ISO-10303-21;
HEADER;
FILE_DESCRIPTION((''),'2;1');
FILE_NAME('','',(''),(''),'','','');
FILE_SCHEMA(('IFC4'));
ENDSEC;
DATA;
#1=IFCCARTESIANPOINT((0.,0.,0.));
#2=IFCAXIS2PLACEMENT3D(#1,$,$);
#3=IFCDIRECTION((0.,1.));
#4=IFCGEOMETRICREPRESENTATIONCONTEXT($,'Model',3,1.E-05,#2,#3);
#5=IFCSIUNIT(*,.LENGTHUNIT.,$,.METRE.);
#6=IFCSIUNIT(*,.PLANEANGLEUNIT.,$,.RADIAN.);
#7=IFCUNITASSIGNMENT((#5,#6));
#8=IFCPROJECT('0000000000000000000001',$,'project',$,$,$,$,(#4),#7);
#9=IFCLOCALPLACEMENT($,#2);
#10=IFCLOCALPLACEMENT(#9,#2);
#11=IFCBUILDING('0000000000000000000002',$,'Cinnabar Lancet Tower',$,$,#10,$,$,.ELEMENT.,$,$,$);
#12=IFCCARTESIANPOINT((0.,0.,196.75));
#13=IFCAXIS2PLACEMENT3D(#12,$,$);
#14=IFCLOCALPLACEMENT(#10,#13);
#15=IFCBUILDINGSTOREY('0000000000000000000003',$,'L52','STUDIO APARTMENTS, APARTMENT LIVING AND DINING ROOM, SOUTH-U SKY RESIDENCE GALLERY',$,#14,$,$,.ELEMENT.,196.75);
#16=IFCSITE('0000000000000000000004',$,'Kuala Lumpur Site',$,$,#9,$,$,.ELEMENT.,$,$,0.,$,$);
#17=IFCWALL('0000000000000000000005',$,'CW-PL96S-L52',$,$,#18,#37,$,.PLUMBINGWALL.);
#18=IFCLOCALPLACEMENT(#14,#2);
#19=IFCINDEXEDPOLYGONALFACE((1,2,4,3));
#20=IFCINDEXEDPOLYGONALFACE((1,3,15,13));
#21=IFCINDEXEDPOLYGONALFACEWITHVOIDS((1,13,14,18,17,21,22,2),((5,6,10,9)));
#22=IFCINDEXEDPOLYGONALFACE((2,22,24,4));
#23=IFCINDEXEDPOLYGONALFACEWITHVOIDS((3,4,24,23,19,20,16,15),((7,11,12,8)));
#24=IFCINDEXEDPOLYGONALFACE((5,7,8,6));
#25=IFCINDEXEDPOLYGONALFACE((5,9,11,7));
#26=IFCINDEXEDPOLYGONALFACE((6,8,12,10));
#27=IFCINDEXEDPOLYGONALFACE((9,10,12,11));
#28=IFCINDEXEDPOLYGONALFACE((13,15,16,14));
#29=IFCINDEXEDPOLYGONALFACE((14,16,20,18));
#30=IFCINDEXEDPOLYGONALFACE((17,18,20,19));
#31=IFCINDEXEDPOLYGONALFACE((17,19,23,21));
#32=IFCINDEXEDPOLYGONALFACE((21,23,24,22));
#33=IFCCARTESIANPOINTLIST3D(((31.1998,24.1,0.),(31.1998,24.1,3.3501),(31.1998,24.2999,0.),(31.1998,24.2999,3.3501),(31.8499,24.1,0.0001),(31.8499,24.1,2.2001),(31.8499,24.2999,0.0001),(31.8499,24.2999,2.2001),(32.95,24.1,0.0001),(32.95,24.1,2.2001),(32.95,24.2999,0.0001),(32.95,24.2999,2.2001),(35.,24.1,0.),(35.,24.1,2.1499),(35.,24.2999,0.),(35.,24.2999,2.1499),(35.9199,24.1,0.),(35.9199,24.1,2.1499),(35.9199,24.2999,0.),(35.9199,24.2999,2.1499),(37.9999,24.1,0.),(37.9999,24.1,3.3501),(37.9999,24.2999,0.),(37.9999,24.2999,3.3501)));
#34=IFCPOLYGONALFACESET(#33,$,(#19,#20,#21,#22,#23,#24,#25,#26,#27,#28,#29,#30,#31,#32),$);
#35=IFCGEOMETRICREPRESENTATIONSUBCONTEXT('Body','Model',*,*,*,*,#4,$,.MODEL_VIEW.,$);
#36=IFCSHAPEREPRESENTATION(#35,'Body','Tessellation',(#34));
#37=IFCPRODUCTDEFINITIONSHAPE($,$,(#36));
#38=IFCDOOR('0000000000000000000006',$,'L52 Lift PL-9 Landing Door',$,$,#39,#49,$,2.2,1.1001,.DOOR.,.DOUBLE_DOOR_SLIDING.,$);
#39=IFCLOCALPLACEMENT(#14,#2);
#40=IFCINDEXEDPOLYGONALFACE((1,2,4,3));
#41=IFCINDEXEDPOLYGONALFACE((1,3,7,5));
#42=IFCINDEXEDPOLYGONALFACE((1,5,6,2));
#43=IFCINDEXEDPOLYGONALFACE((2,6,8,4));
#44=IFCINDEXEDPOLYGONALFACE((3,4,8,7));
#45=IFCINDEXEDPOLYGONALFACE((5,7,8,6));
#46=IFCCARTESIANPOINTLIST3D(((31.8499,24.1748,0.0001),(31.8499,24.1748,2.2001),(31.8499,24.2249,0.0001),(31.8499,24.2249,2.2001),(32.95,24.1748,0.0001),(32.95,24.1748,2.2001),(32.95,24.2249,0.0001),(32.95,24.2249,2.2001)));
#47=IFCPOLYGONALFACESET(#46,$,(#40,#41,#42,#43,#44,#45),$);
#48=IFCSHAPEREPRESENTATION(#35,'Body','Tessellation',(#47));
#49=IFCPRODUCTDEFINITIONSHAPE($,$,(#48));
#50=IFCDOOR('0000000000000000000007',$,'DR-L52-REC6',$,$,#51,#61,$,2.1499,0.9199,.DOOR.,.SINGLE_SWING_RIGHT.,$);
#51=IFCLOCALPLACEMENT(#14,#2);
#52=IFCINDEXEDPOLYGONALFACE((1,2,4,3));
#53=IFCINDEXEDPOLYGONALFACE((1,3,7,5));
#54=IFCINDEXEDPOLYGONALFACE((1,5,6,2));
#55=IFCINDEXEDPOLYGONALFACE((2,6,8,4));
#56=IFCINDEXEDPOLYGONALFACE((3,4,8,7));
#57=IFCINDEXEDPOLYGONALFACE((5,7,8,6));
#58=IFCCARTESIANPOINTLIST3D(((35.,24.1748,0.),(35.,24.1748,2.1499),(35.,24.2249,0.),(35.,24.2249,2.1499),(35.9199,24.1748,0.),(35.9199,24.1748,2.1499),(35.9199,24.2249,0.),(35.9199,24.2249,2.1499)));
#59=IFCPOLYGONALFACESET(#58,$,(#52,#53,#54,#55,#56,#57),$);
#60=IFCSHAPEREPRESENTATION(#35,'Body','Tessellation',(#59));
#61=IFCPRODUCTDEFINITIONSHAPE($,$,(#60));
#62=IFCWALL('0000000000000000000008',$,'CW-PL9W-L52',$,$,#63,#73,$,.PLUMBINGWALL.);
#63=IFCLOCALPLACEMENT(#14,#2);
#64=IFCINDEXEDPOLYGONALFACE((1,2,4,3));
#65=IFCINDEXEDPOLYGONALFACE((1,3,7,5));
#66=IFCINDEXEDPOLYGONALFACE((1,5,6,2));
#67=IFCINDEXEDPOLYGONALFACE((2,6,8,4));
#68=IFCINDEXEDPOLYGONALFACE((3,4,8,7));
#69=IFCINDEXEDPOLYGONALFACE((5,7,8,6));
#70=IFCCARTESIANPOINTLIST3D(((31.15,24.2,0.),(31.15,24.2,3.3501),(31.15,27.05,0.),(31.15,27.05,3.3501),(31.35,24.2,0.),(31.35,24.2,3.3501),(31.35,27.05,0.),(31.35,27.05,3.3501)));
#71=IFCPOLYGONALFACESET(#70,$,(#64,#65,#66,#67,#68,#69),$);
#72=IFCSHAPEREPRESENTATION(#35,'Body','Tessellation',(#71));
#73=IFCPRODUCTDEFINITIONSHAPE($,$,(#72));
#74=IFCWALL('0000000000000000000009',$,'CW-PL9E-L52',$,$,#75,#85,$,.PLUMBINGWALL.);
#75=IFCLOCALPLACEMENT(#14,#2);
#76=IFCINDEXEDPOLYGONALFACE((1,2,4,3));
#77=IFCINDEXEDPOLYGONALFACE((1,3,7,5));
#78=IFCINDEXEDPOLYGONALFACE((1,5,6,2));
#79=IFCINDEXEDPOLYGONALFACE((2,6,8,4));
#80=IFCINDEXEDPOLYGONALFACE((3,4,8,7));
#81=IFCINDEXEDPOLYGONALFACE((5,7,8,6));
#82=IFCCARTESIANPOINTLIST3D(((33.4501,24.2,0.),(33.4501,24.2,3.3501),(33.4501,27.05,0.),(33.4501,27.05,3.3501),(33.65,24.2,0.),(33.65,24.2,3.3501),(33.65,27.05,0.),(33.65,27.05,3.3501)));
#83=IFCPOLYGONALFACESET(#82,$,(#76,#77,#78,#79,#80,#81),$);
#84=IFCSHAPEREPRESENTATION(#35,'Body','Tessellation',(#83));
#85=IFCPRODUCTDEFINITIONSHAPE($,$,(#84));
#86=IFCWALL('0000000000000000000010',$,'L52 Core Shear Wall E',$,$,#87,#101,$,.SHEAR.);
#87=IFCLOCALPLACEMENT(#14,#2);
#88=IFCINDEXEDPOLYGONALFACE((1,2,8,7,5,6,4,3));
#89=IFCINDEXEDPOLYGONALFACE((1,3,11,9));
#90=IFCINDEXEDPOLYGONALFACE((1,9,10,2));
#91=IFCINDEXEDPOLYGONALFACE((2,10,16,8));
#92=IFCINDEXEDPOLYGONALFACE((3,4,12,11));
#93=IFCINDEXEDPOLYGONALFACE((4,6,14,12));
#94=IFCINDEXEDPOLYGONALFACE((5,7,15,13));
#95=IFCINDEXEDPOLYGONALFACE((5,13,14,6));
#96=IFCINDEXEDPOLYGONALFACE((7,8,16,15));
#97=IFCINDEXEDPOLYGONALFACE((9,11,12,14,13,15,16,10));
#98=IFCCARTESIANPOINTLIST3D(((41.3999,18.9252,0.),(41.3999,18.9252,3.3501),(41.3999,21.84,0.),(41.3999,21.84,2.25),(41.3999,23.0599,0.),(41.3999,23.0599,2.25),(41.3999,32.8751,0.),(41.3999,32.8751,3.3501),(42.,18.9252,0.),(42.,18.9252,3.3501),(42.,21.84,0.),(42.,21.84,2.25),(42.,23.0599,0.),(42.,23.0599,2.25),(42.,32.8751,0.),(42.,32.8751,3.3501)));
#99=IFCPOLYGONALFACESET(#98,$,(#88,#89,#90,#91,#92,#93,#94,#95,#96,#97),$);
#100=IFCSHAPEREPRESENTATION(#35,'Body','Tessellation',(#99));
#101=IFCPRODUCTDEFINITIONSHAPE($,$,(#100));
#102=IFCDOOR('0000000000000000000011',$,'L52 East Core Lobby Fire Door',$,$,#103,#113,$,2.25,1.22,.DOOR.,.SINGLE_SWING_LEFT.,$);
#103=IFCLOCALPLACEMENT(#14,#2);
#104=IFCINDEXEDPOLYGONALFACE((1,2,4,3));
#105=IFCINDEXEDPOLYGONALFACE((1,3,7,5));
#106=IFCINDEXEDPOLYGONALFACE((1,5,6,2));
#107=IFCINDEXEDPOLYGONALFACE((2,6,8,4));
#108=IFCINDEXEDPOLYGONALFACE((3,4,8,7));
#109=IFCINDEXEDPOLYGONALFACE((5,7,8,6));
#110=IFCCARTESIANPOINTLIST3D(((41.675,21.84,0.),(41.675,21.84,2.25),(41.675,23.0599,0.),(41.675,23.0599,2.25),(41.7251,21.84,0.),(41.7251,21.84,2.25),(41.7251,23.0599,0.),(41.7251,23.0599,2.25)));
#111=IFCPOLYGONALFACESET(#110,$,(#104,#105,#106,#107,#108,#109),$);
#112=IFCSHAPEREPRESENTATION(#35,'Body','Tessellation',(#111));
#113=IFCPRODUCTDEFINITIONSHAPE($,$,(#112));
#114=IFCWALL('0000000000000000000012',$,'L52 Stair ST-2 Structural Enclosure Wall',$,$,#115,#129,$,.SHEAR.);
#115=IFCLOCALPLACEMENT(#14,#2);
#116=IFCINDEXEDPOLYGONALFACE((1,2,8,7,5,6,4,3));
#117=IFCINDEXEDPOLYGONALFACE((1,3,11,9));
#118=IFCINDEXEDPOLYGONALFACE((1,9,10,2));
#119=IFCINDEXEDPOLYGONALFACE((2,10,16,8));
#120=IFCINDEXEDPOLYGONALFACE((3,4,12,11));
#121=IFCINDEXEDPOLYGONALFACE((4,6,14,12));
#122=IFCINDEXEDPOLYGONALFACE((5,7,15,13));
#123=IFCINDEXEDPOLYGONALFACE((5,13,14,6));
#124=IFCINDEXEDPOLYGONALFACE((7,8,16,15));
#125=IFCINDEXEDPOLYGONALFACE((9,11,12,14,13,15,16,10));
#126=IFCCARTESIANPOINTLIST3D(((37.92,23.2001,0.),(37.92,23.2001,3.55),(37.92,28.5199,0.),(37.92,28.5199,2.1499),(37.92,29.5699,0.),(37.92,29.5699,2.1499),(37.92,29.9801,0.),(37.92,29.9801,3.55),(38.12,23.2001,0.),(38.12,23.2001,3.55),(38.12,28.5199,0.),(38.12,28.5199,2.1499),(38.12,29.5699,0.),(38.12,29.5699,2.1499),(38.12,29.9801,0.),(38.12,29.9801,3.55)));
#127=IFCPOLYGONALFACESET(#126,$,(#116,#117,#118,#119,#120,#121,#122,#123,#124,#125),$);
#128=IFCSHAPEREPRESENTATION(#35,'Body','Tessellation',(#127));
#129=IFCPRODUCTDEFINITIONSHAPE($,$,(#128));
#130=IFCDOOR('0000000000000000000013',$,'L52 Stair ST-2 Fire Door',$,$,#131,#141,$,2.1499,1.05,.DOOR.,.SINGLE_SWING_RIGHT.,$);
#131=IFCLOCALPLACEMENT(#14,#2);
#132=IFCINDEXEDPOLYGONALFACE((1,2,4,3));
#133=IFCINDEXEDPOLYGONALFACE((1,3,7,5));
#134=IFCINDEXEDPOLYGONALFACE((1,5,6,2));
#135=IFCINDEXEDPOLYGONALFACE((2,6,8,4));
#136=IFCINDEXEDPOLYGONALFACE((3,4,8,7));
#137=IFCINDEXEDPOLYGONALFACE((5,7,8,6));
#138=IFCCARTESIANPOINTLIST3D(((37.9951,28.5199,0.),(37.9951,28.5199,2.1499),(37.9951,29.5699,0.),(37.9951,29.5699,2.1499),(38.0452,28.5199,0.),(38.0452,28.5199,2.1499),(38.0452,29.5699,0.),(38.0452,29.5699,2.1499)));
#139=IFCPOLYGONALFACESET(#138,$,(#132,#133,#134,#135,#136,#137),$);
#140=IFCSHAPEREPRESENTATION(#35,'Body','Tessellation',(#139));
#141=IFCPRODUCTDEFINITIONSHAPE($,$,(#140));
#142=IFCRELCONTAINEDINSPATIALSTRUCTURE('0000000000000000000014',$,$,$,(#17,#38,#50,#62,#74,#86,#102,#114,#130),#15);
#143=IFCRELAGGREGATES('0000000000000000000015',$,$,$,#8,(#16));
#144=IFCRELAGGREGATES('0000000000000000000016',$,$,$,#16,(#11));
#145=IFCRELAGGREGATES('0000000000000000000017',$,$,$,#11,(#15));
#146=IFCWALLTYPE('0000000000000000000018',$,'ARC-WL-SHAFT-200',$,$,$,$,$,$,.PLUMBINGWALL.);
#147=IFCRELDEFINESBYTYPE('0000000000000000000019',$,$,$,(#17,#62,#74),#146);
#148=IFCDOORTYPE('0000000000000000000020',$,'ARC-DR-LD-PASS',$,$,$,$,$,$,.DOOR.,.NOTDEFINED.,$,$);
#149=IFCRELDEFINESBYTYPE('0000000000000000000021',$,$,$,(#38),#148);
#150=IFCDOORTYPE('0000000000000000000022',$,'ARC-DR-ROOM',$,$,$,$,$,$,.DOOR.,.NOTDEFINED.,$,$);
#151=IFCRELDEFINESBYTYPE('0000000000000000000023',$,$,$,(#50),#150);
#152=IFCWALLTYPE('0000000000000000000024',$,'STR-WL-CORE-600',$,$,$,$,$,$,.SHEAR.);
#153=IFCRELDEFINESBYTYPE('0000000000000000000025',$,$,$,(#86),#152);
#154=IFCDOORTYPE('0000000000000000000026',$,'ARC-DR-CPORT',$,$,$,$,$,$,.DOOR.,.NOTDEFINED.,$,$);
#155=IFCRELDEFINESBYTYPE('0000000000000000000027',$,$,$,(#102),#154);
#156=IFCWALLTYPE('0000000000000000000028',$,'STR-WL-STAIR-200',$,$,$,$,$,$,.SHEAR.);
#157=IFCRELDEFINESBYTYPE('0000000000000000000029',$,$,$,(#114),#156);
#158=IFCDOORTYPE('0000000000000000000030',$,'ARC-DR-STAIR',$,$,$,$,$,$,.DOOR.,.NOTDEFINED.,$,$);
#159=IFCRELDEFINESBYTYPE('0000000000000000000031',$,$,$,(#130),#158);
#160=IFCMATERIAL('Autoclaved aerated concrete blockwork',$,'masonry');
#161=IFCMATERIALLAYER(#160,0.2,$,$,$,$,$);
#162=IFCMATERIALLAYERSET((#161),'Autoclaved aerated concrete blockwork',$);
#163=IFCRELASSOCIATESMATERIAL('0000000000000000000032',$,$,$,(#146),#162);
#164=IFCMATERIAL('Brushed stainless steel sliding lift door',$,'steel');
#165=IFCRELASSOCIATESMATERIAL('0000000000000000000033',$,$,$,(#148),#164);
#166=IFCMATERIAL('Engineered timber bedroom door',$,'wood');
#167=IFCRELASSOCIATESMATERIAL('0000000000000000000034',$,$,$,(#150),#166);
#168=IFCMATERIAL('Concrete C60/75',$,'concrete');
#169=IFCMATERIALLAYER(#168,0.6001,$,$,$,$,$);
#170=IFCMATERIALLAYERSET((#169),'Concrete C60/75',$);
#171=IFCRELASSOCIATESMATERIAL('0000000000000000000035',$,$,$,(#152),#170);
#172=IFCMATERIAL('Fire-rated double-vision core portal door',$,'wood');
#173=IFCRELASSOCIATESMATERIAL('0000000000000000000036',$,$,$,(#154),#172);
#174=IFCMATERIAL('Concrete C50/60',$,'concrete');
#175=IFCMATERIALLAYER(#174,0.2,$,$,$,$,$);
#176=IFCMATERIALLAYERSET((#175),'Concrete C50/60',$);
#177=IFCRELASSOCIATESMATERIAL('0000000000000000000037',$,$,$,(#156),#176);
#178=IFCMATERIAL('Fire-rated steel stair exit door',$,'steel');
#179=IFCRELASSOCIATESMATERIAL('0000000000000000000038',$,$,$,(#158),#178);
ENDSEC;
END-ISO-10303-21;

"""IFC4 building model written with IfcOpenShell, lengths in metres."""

from ifc_helpers import new_model, si_unit, direction, frame, frame_2d, origin, place, context, subcontext, project, spatial, rectangle, extrude, material, layer, layer_set, type_object, element, fill, save


model = new_model("IFC4")

# Units and contexts
model_context = context("Model", 3, precision=1e-05, world=origin(), true_north=direction((0.0, 1.0)))
body_context = subcontext(model_context, "Body", "Model", "MODEL_VIEW")
ifc_project = project(units=[si_unit("LENGTHUNIT", "METRE"), si_unit("PLANEANGLEUNIT", "RADIAN")], contexts=[model_context])

# Site, building, storey
site_placement = place(None, origin())
site = spatial("IfcSite", under=ifc_project, at=site_placement, Name="Kuala Lumpur Site", CompositionType="ELEMENT", RefElevation=0.0)
building_placement = place(site_placement, origin())
building = spatial("IfcBuilding", under=site, at=building_placement, Name="Cinnabar Lancet Tower", CompositionType="ELEMENT")
storey_placement = place(building_placement, frame((0.0, 0.0, 196.75)))
storey = spatial("IfcBuildingStorey", under=building, at=storey_placement, Name="L52", Description="STUDIO APARTMENTS, APARTMENT LIVING AND DINING ROOM, SOUTH-U SKY RESIDENCE GALLERY", CompositionType="ELEMENT", Elevation=196.75)

# Shared definitions
ifc_material_1 = material(Name="Autoclaved aerated concrete blockwork", Category="masonry")
ifc_layer_1 = layer(ifc_material_1, 0.2)
ifc_layer_set_1 = layer_set([ifc_layer_1], Name="Autoclaved aerated concrete blockwork")
wall_type_1 = type_object("IfcWallType", Name="ARC-WL-SHAFT-200", PredefinedType="PLUMBINGWALL", material=ifc_layer_set_1)

# Wall, openings, doors
wall_1_placement = place(storey_placement, frame((31.2, 24.2, 0.0), z_axis=(0.0, 0.0, 1.0), x_axis=(1.0, 0.0, 0.0)))
wall_1 = element("IfcWall", 1, at=wall_1_placement, inside=storey, type_object=wall_type_1, Name="CW-PL96S-L52", PredefinedType="PLUMBINGWALL", context=body_context, shape_type="SweptSolid", body=[
    extrude(rectangle(XDim=6.8, YDim=0.2, at=frame_2d((3.3999, 0.0))), origin(), (0.0, 0.0, 1.0), 3.3501),
])
opening_1_placement = place(wall_1_placement, frame((0.6499, 0.0, 0.0)))
opening_1 = element("IfcOpeningElement", 2, at=opening_1_placement, cuts=wall_1, PredefinedType="OPENING", context=body_context, shape_type="SweptSolid", body=[
    extrude(rectangle(XDim=1.1001, YDim=2.2, at=frame_2d((0.55, 1.1001))), frame((0.0, 0.1099, 0.0), z_axis=(0.0, -1.0, 0.0), x_axis=(1.0, 0.0, 0.0)), (0.0, 0.0, 1.0), 0.22),
])
opening_2_placement = place(wall_1_placement, frame((3.8, 0.0, 0.0)))
opening_2 = element("IfcOpeningElement", 3, at=opening_2_placement, cuts=wall_1, PredefinedType="OPENING", context=body_context, shape_type="SweptSolid", body=[
    extrude(rectangle(XDim=0.9199, YDim=2.1499, at=frame_2d((0.46, 1.075))), frame((0.0, 0.1099, 0.0), z_axis=(0.0, -1.0, 0.0), x_axis=(1.0, 0.0, 0.0)), (0.0, 0.0, 1.0), 0.22),
])
ifc_material_2 = material(Name="Brushed stainless steel sliding lift door", Category="steel")
door_type_1 = type_object("IfcDoorType", Name="ARC-DR-LD-PASS", OperationType="NOTDEFINED", PredefinedType="DOOR", material=ifc_material_2)
door_1_placement = place(opening_1_placement, origin())
door_1 = element("IfcDoor", 4, at=door_1_placement, inside=storey, type_object=door_type_1, Name="L52 Lift PL-9 Landing Door", OperationType="DOUBLE_DOOR_SLIDING", OverallHeight=2.2, OverallWidth=1.1001, PredefinedType="DOOR", context=body_context, shape_type="SweptSolid", body=[
    extrude(rectangle(XDim=1.1001, YDim=2.2, at=frame_2d((0.55, 1.1001))), frame((0.0, 0.0249, 0.0), z_axis=(0.0, -1.0, 0.0), x_axis=(1.0, 0.0, 0.0)), (0.0, 0.0, 1.0), 0.05),
])
fill(opening_1, door_1)
ifc_material_3 = material(Name="Engineered timber bedroom door", Category="wood")
door_type_2 = type_object("IfcDoorType", Name="ARC-DR-ROOM", OperationType="NOTDEFINED", PredefinedType="DOOR", material=ifc_material_3)
door_2_placement = place(opening_2_placement, origin())
door_2 = element("IfcDoor", 5, at=door_2_placement, inside=storey, type_object=door_type_2, Name="DR-L52-REC6", OperationType="SINGLE_SWING_RIGHT", OverallHeight=2.1499, OverallWidth=0.9199, PredefinedType="DOOR", context=body_context, shape_type="SweptSolid", body=[
    extrude(rectangle(XDim=0.9199, YDim=2.1499, at=frame_2d((0.46, 1.075))), frame((0.0, 0.0249, 0.0), z_axis=(0.0, -1.0, 0.0), x_axis=(1.0, 0.0, 0.0)), (0.0, 0.0, 1.0), 0.05),
])
fill(opening_2, door_2)

# Walls
for number, where, z_axis, x_axis, name in (
    (6, (31.25, 24.2, 0.0), (0.0, 0.0, 1.0), (0.0, 1.0, 0.0), "CW-PL9W-L52"),
    (7, (33.55, 24.2, 0.0), (0.0, 0.0, 1.0), (0.0, 1.0, 0.0), "CW-PL9E-L52"),
):
    element("IfcWall", number, at=place(storey_placement, frame(where, z_axis=z_axis, x_axis=x_axis)), inside=storey, type_object=wall_type_1, Name=name, PredefinedType="PLUMBINGWALL", context=body_context, shape_type="SweptSolid", body=[
        extrude(rectangle(XDim=2.8501, YDim=0.2, at=frame_2d((1.425, 0.0))), origin(), (0.0, 0.0, 1.0), 3.3501),
    ])

# Walls, openings, doors
ifc_material_4 = material(Name="Concrete C60/75", Category="concrete")
ifc_layer_2 = layer(ifc_material_4, 0.6001)
ifc_layer_set_2 = layer_set([ifc_layer_2], Name="Concrete C60/75")
wall_type_2 = type_object("IfcWallType", Name="STR-WL-CORE-600", PredefinedType="SHEAR", material=ifc_layer_set_2)
wall_2_placement = place(storey_placement, frame((41.7, 18.925, 0.0), z_axis=(0.0, 0.0, 1.0), x_axis=(0.0, 1.0, 0.0)))
wall_2 = element("IfcWall", 8, at=wall_2_placement, inside=storey, type_object=wall_type_2, Name="L52 Core Shear Wall E", PredefinedType="SHEAR", context=body_context, shape_type="SweptSolid", body=[
    extrude(rectangle(XDim=13.95, YDim=0.6001, at=frame_2d((6.9751, 0.0))), origin(), (0.0, 0.0, 1.0), 3.3501),
])
opening_3_placement = place(wall_2_placement, frame((2.915, 0.0, 0.0)))
opening_3 = element("IfcOpeningElement", 9, at=opening_3_placement, cuts=wall_2, PredefinedType="OPENING", context=body_context, shape_type="SweptSolid", body=[
    extrude(rectangle(XDim=1.22, YDim=2.25, at=frame_2d((0.6099, 1.125))), frame((0.0, 0.3101, 0.0), z_axis=(0.0, -1.0, 0.0), x_axis=(1.0, 0.0, 0.0)), (0.0, 0.0, 1.0), 0.6201),
])
ifc_material_5 = material(Name="Fire-rated double-vision core portal door", Category="wood")
door_type_3 = type_object("IfcDoorType", Name="ARC-DR-CPORT", OperationType="NOTDEFINED", PredefinedType="DOOR", material=ifc_material_5)
door_3_placement = place(opening_3_placement, origin())
door_3 = element("IfcDoor", 10, at=door_3_placement, inside=storey, type_object=door_type_3, Name="L52 East Core Lobby Fire Door", OperationType="SINGLE_SWING_LEFT", OverallHeight=2.25, OverallWidth=1.22, PredefinedType="DOOR", context=body_context, shape_type="SweptSolid", body=[
    extrude(rectangle(XDim=1.22, YDim=2.25, at=frame_2d((0.6099, 1.125))), frame((0.0, 0.0249, 0.0), z_axis=(0.0, -1.0, 0.0), x_axis=(1.0, 0.0, 0.0)), (0.0, 0.0, 1.0), 0.05),
])
fill(opening_3, door_3)
ifc_material_6 = material(Name="Concrete C50/60", Category="concrete")
ifc_layer_3 = layer(ifc_material_6, 0.2)
ifc_layer_set_3 = layer_set([ifc_layer_3], Name="Concrete C50/60")
wall_type_3 = type_object("IfcWallType", Name="STR-WL-STAIR-200", PredefinedType="SHEAR", material=ifc_layer_set_3)
wall_3_placement = place(storey_placement, frame((38.02, 23.2, 0.0), z_axis=(0.0, 0.0, 1.0), x_axis=(0.0, 1.0, 0.0)))
wall_3 = element("IfcWall", 11, at=wall_3_placement, inside=storey, type_object=wall_type_3, Name="L52 Stair ST-2 Structural Enclosure Wall", PredefinedType="SHEAR", context=body_context, shape_type="SweptSolid", body=[
    extrude(rectangle(XDim=6.78, YDim=0.2, at=frame_2d((3.3901, 0.0))), origin(), (0.0, 0.0, 1.0), 3.55),
])
opening_4_placement = place(wall_3_placement, frame((5.3201, 0.0, 0.0)))
opening_4 = element("IfcOpeningElement", 12, at=opening_4_placement, cuts=wall_3, PredefinedType="OPENING", context=body_context, shape_type="SweptSolid", body=[
    extrude(rectangle(XDim=1.05, YDim=2.1499, at=frame_2d((0.5249, 1.075))), frame((0.0, 0.1099, 0.0), z_axis=(0.0, -1.0, 0.0), x_axis=(1.0, 0.0, 0.0)), (0.0, 0.0, 1.0), 0.22),
])
ifc_material_7 = material(Name="Fire-rated steel stair exit door", Category="steel")
door_type_4 = type_object("IfcDoorType", Name="ARC-DR-STAIR", OperationType="NOTDEFINED", PredefinedType="DOOR", material=ifc_material_7)
door_4_placement = place(opening_4_placement, origin())
door_4 = element("IfcDoor", 13, at=door_4_placement, inside=storey, type_object=door_type_4, Name="L52 Stair ST-2 Fire Door", OperationType="SINGLE_SWING_RIGHT", OverallHeight=2.1499, OverallWidth=1.05, PredefinedType="DOOR", context=body_context, shape_type="SweptSolid", body=[
    extrude(rectangle(XDim=1.05, YDim=2.1499, at=frame_2d((0.5249, 1.075))), frame((0.0, 0.0249, 0.0), z_axis=(0.0, -1.0, 0.0), x_axis=(1.0, 0.0, 0.0)), (0.0, 0.0, 1.0), 0.05),
])
fill(opening_4, door_4)

save(model, "model.ifc")
